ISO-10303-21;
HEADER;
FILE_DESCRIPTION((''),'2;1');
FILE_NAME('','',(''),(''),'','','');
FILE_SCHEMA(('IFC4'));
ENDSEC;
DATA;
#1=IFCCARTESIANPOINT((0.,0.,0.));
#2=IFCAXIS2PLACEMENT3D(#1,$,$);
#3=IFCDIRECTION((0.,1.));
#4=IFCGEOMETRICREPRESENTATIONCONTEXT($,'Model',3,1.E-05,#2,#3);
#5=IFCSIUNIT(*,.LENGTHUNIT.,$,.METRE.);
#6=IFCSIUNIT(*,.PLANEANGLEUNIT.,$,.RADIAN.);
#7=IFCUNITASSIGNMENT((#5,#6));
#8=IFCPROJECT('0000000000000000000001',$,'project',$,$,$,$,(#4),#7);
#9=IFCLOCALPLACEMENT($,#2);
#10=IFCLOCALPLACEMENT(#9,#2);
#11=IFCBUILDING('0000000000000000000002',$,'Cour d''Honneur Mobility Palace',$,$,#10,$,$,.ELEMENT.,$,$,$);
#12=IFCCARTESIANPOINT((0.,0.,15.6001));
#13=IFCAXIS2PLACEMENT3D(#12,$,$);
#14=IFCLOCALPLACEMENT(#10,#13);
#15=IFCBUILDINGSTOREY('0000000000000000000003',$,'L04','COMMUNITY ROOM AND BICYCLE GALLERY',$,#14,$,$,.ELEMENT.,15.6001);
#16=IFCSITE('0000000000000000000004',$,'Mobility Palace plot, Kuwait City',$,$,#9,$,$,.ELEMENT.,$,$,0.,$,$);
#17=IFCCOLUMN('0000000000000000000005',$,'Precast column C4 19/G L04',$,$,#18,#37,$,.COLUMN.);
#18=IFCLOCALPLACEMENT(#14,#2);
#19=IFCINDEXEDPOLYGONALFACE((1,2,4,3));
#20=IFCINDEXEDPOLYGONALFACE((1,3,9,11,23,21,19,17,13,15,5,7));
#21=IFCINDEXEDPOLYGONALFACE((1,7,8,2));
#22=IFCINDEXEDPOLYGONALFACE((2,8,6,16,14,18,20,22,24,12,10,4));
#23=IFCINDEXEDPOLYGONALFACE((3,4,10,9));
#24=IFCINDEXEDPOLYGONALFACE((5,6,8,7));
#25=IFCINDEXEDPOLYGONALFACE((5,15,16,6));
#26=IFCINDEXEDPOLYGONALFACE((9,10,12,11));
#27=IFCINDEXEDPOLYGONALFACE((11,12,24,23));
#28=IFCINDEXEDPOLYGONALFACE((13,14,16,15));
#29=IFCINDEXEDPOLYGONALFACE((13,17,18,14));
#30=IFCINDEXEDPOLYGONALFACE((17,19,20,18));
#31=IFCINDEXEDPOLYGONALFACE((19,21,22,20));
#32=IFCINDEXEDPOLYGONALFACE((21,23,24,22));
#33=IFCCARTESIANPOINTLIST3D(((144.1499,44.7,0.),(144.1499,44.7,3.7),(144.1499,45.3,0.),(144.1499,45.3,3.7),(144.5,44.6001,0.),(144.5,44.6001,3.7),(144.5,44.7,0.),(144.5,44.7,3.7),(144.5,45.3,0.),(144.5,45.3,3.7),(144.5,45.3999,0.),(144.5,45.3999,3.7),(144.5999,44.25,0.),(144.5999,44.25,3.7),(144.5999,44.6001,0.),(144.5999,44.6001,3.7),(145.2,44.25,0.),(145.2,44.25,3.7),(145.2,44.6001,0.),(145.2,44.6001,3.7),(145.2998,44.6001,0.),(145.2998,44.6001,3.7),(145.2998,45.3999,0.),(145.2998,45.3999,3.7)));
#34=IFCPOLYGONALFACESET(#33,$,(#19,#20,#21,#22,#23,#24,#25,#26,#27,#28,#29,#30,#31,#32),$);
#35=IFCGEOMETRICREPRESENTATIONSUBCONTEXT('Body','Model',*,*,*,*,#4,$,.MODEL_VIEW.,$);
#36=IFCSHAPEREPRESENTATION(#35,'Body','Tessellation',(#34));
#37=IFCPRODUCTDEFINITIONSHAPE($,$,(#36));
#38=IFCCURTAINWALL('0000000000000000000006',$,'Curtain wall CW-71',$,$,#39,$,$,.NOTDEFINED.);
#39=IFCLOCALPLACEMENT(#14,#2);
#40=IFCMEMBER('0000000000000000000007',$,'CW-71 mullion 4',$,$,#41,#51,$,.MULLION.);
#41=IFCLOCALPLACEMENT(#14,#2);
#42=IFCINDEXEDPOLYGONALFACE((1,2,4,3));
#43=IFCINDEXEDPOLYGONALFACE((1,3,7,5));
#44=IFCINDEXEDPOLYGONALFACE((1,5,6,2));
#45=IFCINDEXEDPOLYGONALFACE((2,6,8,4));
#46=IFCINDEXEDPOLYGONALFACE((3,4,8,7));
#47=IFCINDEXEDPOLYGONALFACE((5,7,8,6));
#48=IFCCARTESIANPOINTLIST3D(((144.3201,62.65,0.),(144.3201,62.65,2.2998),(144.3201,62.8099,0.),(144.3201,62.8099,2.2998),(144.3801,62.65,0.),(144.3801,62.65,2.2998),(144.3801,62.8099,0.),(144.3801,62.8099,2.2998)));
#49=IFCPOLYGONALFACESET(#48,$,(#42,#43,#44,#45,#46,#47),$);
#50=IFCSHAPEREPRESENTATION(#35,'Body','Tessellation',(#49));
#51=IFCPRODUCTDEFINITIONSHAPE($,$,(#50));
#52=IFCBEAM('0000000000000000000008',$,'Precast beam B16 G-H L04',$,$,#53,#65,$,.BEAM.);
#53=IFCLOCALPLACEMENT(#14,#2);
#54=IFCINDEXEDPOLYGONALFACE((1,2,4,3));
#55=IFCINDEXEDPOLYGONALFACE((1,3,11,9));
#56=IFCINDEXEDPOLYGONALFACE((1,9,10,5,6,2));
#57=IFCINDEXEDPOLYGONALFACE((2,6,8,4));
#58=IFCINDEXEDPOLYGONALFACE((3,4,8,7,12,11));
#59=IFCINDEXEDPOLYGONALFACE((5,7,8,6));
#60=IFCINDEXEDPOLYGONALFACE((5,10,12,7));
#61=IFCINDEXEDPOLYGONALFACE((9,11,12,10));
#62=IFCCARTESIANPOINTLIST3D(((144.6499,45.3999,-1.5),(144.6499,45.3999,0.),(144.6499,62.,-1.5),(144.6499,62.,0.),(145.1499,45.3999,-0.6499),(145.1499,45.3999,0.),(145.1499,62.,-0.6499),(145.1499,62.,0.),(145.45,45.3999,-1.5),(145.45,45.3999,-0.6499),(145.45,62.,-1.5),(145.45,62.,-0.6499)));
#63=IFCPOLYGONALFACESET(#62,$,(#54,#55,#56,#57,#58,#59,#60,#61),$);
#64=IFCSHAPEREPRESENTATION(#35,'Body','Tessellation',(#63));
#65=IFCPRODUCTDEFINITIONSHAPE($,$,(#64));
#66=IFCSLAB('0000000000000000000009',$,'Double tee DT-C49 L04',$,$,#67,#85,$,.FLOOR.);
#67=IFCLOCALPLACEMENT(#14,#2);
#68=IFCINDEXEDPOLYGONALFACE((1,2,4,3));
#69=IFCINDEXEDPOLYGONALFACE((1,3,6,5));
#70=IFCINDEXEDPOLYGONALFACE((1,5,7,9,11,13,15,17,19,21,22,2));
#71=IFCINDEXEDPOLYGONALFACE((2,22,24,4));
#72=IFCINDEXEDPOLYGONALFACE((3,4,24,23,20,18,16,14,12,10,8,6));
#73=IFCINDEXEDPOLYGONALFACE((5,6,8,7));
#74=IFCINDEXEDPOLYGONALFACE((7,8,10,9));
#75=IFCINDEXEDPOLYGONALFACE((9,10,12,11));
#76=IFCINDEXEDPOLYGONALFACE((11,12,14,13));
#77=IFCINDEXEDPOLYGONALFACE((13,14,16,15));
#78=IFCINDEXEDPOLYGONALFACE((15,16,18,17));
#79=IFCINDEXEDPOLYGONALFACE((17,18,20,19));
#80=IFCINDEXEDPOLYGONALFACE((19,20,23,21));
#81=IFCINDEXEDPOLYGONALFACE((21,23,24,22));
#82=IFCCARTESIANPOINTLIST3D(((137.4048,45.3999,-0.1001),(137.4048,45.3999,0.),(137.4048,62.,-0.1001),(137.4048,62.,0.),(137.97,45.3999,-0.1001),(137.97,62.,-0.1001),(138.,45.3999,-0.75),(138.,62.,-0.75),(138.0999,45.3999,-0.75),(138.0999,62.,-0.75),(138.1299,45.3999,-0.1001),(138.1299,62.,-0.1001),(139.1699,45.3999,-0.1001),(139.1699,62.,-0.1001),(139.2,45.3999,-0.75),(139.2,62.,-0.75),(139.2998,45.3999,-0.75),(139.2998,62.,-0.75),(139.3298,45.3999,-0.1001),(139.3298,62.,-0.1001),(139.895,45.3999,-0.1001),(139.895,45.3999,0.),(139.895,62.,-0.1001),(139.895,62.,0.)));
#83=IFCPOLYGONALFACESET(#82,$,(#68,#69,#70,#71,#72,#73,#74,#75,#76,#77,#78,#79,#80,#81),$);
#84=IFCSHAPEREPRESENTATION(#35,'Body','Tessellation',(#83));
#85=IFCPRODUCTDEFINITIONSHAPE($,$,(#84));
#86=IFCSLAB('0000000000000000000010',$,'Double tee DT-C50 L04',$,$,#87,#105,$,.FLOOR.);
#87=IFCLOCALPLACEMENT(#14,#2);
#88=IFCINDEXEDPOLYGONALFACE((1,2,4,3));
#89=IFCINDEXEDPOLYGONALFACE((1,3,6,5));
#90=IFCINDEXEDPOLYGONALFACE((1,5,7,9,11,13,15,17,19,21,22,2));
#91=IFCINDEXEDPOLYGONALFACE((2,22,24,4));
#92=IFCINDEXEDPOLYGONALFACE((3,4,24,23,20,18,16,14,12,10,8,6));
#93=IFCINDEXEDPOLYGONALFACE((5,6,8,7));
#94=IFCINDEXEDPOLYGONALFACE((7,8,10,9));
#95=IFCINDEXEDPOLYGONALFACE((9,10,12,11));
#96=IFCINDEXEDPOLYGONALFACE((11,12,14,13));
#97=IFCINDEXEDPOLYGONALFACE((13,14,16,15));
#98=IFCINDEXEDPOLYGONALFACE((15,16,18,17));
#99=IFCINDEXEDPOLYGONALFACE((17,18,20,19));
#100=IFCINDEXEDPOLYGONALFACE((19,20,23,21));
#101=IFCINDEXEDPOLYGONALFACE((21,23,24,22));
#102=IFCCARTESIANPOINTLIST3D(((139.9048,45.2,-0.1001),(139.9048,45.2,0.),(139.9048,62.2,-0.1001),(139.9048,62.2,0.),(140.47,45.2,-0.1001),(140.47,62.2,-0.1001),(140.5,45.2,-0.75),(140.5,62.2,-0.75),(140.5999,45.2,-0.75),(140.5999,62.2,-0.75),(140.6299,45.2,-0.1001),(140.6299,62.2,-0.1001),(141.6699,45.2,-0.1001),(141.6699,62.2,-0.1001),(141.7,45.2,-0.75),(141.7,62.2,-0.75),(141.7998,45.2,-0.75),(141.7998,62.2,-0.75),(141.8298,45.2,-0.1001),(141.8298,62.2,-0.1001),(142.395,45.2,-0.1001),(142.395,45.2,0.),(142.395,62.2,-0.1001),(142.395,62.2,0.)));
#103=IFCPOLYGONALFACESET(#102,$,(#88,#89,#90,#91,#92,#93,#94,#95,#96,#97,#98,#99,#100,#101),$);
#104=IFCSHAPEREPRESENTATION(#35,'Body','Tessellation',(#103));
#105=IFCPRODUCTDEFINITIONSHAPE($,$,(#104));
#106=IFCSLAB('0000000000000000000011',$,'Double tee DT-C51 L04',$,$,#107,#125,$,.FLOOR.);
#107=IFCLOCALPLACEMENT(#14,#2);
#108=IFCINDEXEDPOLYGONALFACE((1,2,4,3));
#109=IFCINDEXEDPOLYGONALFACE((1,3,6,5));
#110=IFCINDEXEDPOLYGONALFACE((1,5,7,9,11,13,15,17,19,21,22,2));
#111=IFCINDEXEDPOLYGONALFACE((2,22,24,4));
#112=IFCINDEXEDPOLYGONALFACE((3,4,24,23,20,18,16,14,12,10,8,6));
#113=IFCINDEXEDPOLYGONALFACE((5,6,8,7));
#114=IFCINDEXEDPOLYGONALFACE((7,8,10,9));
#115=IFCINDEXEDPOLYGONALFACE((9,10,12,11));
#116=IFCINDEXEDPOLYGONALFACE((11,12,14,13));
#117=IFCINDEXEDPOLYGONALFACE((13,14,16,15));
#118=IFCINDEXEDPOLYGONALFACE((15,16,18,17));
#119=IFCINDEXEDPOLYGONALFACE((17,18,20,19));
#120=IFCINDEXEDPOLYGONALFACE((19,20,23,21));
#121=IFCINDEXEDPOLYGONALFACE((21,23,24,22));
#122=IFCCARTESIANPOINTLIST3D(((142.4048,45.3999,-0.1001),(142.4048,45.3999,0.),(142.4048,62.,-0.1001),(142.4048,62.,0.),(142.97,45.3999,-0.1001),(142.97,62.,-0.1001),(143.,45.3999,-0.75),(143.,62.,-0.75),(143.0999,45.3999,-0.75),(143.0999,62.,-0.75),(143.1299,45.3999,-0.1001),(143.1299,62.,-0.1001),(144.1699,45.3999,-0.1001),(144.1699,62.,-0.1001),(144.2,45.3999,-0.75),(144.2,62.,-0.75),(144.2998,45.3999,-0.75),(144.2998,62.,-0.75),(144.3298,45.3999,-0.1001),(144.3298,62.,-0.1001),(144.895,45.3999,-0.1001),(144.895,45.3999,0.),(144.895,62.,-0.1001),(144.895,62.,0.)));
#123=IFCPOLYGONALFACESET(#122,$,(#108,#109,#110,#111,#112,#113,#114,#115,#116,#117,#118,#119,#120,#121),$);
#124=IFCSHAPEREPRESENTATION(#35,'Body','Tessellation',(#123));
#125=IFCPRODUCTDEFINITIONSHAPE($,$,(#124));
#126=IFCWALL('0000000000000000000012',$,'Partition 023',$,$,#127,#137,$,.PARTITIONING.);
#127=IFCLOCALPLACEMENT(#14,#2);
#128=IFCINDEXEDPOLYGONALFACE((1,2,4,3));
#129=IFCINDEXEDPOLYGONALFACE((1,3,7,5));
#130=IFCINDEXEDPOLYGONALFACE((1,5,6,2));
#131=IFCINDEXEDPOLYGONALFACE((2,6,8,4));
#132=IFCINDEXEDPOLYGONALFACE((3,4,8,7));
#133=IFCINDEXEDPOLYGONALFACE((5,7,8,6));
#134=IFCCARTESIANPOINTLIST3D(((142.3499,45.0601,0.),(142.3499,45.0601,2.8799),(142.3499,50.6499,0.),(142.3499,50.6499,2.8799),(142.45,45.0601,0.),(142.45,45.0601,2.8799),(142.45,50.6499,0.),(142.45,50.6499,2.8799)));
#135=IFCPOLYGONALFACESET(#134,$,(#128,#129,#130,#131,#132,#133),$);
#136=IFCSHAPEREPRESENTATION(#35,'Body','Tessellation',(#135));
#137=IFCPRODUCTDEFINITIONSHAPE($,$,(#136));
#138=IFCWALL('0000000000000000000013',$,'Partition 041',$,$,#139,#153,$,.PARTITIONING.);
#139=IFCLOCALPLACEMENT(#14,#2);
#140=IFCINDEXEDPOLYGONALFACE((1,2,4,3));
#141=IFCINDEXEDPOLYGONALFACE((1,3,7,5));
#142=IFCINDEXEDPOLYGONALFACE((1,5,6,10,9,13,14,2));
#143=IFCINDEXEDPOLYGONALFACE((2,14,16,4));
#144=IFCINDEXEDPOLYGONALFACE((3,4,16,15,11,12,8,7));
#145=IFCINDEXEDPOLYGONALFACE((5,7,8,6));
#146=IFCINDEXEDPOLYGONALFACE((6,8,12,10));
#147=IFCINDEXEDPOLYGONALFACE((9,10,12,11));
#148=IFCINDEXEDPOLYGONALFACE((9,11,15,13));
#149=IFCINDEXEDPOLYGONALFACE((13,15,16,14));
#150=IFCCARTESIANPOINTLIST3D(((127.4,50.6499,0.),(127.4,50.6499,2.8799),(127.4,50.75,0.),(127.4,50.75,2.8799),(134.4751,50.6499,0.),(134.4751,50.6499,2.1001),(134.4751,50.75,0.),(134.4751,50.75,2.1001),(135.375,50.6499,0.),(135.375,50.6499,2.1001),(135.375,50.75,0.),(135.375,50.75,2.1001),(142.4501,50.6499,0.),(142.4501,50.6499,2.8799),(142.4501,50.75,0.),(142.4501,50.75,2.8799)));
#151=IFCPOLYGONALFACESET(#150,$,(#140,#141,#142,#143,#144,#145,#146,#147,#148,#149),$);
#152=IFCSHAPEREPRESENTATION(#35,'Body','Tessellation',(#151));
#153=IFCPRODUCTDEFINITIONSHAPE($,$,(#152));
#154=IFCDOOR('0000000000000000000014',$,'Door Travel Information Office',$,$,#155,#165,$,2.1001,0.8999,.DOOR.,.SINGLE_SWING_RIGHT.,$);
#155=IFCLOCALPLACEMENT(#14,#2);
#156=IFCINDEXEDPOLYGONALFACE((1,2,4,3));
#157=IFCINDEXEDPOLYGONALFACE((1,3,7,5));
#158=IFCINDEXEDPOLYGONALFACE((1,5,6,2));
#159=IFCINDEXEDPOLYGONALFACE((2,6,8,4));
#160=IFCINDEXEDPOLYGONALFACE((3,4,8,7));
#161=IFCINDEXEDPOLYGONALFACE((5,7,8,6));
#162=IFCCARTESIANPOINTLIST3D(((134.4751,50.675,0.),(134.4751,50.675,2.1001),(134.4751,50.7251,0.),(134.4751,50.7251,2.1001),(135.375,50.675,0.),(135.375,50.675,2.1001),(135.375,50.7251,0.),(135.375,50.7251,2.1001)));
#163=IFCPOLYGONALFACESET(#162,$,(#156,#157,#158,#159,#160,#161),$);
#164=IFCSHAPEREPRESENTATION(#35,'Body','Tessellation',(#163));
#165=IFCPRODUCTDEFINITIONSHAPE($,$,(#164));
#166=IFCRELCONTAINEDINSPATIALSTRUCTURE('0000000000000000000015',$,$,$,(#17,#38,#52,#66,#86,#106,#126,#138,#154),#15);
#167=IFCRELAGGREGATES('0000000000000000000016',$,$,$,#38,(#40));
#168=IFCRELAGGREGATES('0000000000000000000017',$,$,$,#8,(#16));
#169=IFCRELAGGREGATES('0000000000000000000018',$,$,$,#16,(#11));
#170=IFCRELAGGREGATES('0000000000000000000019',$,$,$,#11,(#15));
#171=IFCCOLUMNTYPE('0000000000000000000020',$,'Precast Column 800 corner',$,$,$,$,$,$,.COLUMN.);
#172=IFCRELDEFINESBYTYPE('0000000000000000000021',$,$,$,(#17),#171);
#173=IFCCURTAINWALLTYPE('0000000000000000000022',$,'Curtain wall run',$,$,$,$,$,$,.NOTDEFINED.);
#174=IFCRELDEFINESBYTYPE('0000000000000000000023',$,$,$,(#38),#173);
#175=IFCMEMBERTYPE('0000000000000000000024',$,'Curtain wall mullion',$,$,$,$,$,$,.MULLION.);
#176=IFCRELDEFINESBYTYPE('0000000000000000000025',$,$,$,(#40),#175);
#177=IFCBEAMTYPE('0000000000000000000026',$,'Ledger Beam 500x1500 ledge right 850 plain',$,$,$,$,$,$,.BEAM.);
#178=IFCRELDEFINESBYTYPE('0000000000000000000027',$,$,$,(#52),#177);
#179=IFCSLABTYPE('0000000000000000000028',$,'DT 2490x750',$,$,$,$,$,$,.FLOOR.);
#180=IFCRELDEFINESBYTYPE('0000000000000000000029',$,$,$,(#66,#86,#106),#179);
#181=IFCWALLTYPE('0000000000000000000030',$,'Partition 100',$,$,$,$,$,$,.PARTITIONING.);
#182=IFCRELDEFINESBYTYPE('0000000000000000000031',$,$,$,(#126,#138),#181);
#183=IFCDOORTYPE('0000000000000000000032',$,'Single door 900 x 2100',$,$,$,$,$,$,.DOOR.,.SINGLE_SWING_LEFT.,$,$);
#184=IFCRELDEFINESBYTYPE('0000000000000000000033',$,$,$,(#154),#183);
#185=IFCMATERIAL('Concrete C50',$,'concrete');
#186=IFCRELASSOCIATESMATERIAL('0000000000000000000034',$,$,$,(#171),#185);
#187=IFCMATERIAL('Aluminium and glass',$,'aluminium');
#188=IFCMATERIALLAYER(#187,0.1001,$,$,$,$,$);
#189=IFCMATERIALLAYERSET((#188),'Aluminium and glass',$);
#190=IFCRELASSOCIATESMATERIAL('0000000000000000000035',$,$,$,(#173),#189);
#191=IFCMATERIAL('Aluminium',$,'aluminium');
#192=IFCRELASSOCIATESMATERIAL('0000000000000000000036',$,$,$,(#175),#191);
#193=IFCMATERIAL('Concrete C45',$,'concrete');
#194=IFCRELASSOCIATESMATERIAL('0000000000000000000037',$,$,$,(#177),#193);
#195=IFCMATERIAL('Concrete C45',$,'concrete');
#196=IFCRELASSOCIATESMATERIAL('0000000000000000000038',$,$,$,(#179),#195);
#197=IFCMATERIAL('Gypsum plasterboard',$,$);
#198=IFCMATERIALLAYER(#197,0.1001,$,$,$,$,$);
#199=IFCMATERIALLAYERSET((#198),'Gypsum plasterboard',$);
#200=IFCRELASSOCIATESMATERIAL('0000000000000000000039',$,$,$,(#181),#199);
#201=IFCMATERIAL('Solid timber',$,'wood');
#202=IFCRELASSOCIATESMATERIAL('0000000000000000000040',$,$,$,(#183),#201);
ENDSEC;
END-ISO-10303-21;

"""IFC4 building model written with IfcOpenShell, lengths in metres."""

from ifc_helpers import new_model, si_unit, direction, frame, frame_2d, origin, origin_2d, place, context, subcontext, project, spatial, polyline, rectangle, outline, extrude, material, layer, layer_set, material_profile, profile_set, type_object, element, fill, aggregate, save


model = new_model("IFC4")

# Units and contexts
model_context = context("Model", 3, precision=1e-05, world=origin(), true_north=direction((0.0, 1.0)))
body_context = subcontext(model_context, "Body", "Model", "MODEL_VIEW")
ifc_project = project(units=[si_unit("LENGTHUNIT", "METRE"), si_unit("PLANEANGLEUNIT", "RADIAN")], contexts=[model_context])

# Site, building, storey
site_placement = place(None, origin())
site = spatial("IfcSite", under=ifc_project, at=site_placement, Name="Mobility Palace plot, Kuwait City", CompositionType="ELEMENT", RefElevation=0.0)
building_placement = place(site_placement, origin())
building = spatial("IfcBuilding", under=site, at=building_placement, Name="Cour d'Honneur Mobility Palace", CompositionType="ELEMENT")
storey_placement = place(building_placement, frame((0.0, 0.0, 15.6001)))
storey = spatial("IfcBuildingStorey", under=building, at=storey_placement, Name="L04", Description="COMMUNITY ROOM AND BICYCLE GALLERY", CompositionType="ELEMENT", Elevation=15.6001)

# Column
ifc_material_1 = material(Name="Concrete C50", Category="concrete")
ifc_material_profile_1 = material_profile(ifc_material_1, outline(polyline([(-0.3999, -0.3999), (0.3999, -0.3999), (0.3999, -0.3), (0.75, -0.3), (0.75, 0.3), (0.3999, 0.3), (0.3999, 0.3999), (0.3, 0.3999), (0.3, 0.75), (-0.3, 0.75), (-0.3, 0.3999), (-0.3999, 0.3999), (-0.3999, -0.3999)])), Name="PC C800 corner")
ifc_profile_set_1 = profile_set([ifc_material_profile_1], Name="Concrete C50")
column_type = type_object("IfcColumnType", Name="Precast Column 800 corner", PredefinedType="COLUMN", material=ifc_profile_set_1)
column_placement = place(storey_placement, frame((144.8999, 45.0, 0.0), z_axis=(0.0, 0.0, 1.0), x_axis=(-1.0, 0.0, 0.0)))
element("IfcColumn", 1, at=column_placement, inside=storey, type_object=column_type, Name="Precast column C4 19/G L04", PredefinedType="COLUMN", context=body_context, shape_type="SweptSolid", body=[
    extrude(outline(polyline([(-0.3999, -0.3999), (0.3999, -0.3999), (0.3999, -0.3), (0.75, -0.3), (0.75, 0.3), (0.3999, 0.3), (0.3999, 0.3999), (0.3, 0.3999), (0.3, 0.75), (-0.3, 0.75), (-0.3, 0.3999), (-0.3999, 0.3999), (-0.3999, -0.3999)])), origin(), (0.0, 0.0, 1.0), 3.7),
])

# Curtain wall, member
ifc_material_2 = material(Name="Aluminium and glass", Category="aluminium")
ifc_layer_1 = layer(ifc_material_2, 0.1001)
ifc_layer_set_1 = layer_set([ifc_layer_1], Name="Aluminium and glass")
curtain_wall_type = type_object("IfcCurtainWallType", Name="Curtain wall run", PredefinedType="NOTDEFINED", material=ifc_layer_set_1)
curtain_wall_placement = place(storey_placement, origin())
curtain_wall = element("IfcCurtainWall", 2, at=curtain_wall_placement, inside=storey, type_object=curtain_wall_type, Name="Curtain wall CW-71", PredefinedType="NOTDEFINED")
ifc_material_3 = material(Name="Aluminium", Category="aluminium")
ifc_material_profile_2 = material_profile(ifc_material_3, rectangle(XDim=0.0601, YDim=0.1599, at=origin_2d()), Name="Curtain wall mullion")
ifc_profile_set_2 = profile_set([ifc_material_profile_2], Name="Aluminium")
member_type = type_object("IfcMemberType", Name="Curtain wall mullion", PredefinedType="MULLION", material=ifc_profile_set_2)
member_placement = place(storey_placement, frame((144.3501, 62.73, 0.0), z_axis=(0.0, 0.0, 1.0), x_axis=(1.0, 0.0, 0.0)))
member = element("IfcMember", 3, at=member_placement, type_object=member_type, Name="CW-71 mullion 4", PredefinedType="MULLION", context=body_context, shape_type="SweptSolid", body=[
    extrude(rectangle(XDim=0.0601, YDim=0.1599, at=origin_2d()), origin(), (0.0, 0.0, 1.0), 2.2998),
])
aggregate(curtain_wall, [member])

# Beam
ifc_material_4 = material(Name="Concrete C45", Category="concrete")
ifc_material_profile_3 = material_profile(ifc_material_4, outline(polyline([(0.25, -1.5), (0.25, 0.0), (-0.25, 0.0), (-0.25, -0.6499), (-0.55, -0.6499), (-0.55, -1.5), (0.25, -1.5)])), Name="Ledger Beam 500x1500 ledge right 850 plain")
ifc_profile_set_3 = profile_set([ifc_material_profile_3], Name="Concrete C45")
beam_type = type_object("IfcBeamType", Name="Ledger Beam 500x1500 ledge right 850 plain", PredefinedType="BEAM", material=ifc_profile_set_3)
beam_placement = place(storey_placement, frame((144.8999, 45.3999, 0.0), z_axis=(0.0, 1.0, 0.0), x_axis=(-1.0, 0.0, 0.0)))
element("IfcBeam", 4, at=beam_placement, inside=storey, type_object=beam_type, Name="Precast beam B16 G-H L04", PredefinedType="BEAM", context=body_context, shape_type="SweptSolid", body=[
    extrude(outline(polyline([(0.25, -1.5), (0.25, 0.0), (-0.25, 0.0), (-0.25, -0.6499), (-0.55, -0.6499), (-0.55, -1.5), (0.25, -1.5)])), origin(), (0.0, 0.0, 1.0), 16.6001),
])

# Slabs
ifc_material_5 = material(Name="Concrete C45", Category="concrete")
ifc_material_profile_4 = material_profile(ifc_material_5, outline(polyline([(-1.2451, 0.0), (1.2451, 0.0), (1.2451, -0.1001), (0.6799, -0.1001), (0.6499, -0.75), (0.55, -0.75), (0.52, -0.1001), (-0.52, -0.1001), (-0.55, -0.75), (-0.6499, -0.75), (-0.6799, -0.1001), (-1.2451, -0.1001), (-1.2451, 0.0)])), Name="DT 2490x750")
ifc_profile_set_4 = profile_set([ifc_material_profile_4], Name="Concrete C45")
slab_type = type_object("IfcSlabType", Name="DT 2490x750", PredefinedType="FLOOR", material=ifc_profile_set_4)
slab_1_placement = place(storey_placement, frame((138.6499, 45.3999, 0.0), z_axis=(0.0, 1.0, 0.0), x_axis=(-1.0, 0.0, 0.0)))
element("IfcSlab", 5, at=slab_1_placement, inside=storey, type_object=slab_type, Name="Double tee DT-C49 L04", PredefinedType="FLOOR", context=body_context, shape_type="SweptSolid", body=[
    extrude(outline(polyline([(-1.2451, 0.0), (1.2451, 0.0), (1.2451, -0.1001), (0.6799, -0.1001), (0.6499, -0.75), (0.55, -0.75), (0.52, -0.1001), (-0.52, -0.1001), (-0.55, -0.75), (-0.6499, -0.75), (-0.6799, -0.1001), (-1.2451, -0.1001), (-1.2451, 0.0)])), origin(), (0.0, 0.0, 1.0), 16.6001),
])
slab_2_placement = place(storey_placement, frame((141.1499, 45.2, 0.0), z_axis=(0.0, 1.0, 0.0), x_axis=(-1.0, 0.0, 0.0)))
element("IfcSlab", 6, at=slab_2_placement, inside=storey, type_object=slab_type, Name="Double tee DT-C50 L04", PredefinedType="FLOOR", context=body_context, shape_type="SweptSolid", body=[
    extrude(outline(polyline([(-1.2451, 0.0), (1.2451, 0.0), (1.2451, -0.1001), (0.6799, -0.1001), (0.6499, -0.75), (0.55, -0.75), (0.52, -0.1001), (-0.52, -0.1001), (-0.55, -0.75), (-0.6499, -0.75), (-0.6799, -0.1001), (-1.2451, -0.1001), (-1.2451, 0.0)])), origin(), (0.0, 0.0, 1.0), 17.0),
])
slab_3_placement = place(storey_placement, frame((143.6499, 45.3999, 0.0), z_axis=(0.0, 1.0, 0.0), x_axis=(-1.0, 0.0, 0.0)))
element("IfcSlab", 7, at=slab_3_placement, inside=storey, type_object=slab_type, Name="Double tee DT-C51 L04", PredefinedType="FLOOR", context=body_context, shape_type="SweptSolid", body=[
    extrude(outline(polyline([(-1.2451, 0.0), (1.2451, 0.0), (1.2451, -0.1001), (0.6799, -0.1001), (0.6499, -0.75), (0.55, -0.75), (0.52, -0.1001), (-0.52, -0.1001), (-0.55, -0.75), (-0.6499, -0.75), (-0.6799, -0.1001), (-1.2451, -0.1001), (-1.2451, 0.0)])), origin(), (0.0, 0.0, 1.0), 16.6001),
])

# Wall
ifc_material_6 = material(Name="Gypsum plasterboard")
ifc_layer_2 = layer(ifc_material_6, 0.1001)
ifc_layer_set_2 = layer_set([ifc_layer_2], Name="Gypsum plasterboard")
wall_type = type_object("IfcWallType", Name="Partition 100", PredefinedType="PARTITIONING", material=ifc_layer_set_2)
wall_1_placement = place(storey_placement, frame((142.3999, 45.0601, 0.0), z_axis=(0.0, 0.0, 1.0), x_axis=(0.0, 1.0, 0.0)))
element("IfcWall", 8, at=wall_1_placement, inside=storey, type_object=wall_type, Name="Partition 023", PredefinedType="PARTITIONING", context=body_context, shape_type="SweptSolid", body=[
    extrude(rectangle(XDim=5.5898, YDim=0.1001, at=frame_2d((2.7949, 0.0))), origin(), (0.0, 0.0, 1.0), 2.8799),
])

# Wall, opening, door
wall_2_placement = place(storey_placement, frame((142.45, 50.7, 0.0), z_axis=(0.0, 0.0, 1.0), x_axis=(-1.0, 0.0, 0.0)))
wall_2 = element("IfcWall", 9, at=wall_2_placement, inside=storey, type_object=wall_type, Name="Partition 041", PredefinedType="PARTITIONING", context=body_context, shape_type="SweptSolid", body=[
    extrude(rectangle(XDim=15.05, YDim=0.1001, at=frame_2d((7.5249, 0.0))), origin(), (0.0, 0.0, 1.0), 2.8799),
])
opening_placement = place(wall_2_placement, frame((7.075, 0.0, 0.0)))
opening = element("IfcOpeningElement", 10, at=opening_placement, cuts=wall_2, PredefinedType="OPENING", context=body_context, shape_type="SweptSolid", body=[
    extrude(rectangle(XDim=0.8999, YDim=2.1001, at=frame_2d((0.45, 1.05))), frame((0.0, 0.0601, 0.0), z_axis=(0.0, -1.0, 0.0), x_axis=(1.0, 0.0, 0.0)), (0.0, 0.0, 1.0), 0.1201),
])
ifc_material_7 = material(Name="Solid timber", Category="wood")
door_type = type_object("IfcDoorType", Name="Single door 900 x 2100", OperationType="SINGLE_SWING_LEFT", PredefinedType="DOOR", material=ifc_material_7)
door_placement = place(opening_placement, origin())
door = element("IfcDoor", 11, at=door_placement, inside=storey, type_object=door_type, Name="Door Travel Information Office", OperationType="SINGLE_SWING_RIGHT", OverallHeight=2.1001, OverallWidth=0.8999, PredefinedType="DOOR", context=body_context, shape_type="SweptSolid", body=[
    extrude(rectangle(XDim=0.8999, YDim=2.1001, at=frame_2d((0.45, 1.05))), frame((0.0, 0.0249, 0.0), z_axis=(0.0, -1.0, 0.0), x_axis=(1.0, 0.0, 0.0)), (0.0, 0.0, 1.0), 0.05),
])
fill(opening, door)

save(model, "model.ifc")
